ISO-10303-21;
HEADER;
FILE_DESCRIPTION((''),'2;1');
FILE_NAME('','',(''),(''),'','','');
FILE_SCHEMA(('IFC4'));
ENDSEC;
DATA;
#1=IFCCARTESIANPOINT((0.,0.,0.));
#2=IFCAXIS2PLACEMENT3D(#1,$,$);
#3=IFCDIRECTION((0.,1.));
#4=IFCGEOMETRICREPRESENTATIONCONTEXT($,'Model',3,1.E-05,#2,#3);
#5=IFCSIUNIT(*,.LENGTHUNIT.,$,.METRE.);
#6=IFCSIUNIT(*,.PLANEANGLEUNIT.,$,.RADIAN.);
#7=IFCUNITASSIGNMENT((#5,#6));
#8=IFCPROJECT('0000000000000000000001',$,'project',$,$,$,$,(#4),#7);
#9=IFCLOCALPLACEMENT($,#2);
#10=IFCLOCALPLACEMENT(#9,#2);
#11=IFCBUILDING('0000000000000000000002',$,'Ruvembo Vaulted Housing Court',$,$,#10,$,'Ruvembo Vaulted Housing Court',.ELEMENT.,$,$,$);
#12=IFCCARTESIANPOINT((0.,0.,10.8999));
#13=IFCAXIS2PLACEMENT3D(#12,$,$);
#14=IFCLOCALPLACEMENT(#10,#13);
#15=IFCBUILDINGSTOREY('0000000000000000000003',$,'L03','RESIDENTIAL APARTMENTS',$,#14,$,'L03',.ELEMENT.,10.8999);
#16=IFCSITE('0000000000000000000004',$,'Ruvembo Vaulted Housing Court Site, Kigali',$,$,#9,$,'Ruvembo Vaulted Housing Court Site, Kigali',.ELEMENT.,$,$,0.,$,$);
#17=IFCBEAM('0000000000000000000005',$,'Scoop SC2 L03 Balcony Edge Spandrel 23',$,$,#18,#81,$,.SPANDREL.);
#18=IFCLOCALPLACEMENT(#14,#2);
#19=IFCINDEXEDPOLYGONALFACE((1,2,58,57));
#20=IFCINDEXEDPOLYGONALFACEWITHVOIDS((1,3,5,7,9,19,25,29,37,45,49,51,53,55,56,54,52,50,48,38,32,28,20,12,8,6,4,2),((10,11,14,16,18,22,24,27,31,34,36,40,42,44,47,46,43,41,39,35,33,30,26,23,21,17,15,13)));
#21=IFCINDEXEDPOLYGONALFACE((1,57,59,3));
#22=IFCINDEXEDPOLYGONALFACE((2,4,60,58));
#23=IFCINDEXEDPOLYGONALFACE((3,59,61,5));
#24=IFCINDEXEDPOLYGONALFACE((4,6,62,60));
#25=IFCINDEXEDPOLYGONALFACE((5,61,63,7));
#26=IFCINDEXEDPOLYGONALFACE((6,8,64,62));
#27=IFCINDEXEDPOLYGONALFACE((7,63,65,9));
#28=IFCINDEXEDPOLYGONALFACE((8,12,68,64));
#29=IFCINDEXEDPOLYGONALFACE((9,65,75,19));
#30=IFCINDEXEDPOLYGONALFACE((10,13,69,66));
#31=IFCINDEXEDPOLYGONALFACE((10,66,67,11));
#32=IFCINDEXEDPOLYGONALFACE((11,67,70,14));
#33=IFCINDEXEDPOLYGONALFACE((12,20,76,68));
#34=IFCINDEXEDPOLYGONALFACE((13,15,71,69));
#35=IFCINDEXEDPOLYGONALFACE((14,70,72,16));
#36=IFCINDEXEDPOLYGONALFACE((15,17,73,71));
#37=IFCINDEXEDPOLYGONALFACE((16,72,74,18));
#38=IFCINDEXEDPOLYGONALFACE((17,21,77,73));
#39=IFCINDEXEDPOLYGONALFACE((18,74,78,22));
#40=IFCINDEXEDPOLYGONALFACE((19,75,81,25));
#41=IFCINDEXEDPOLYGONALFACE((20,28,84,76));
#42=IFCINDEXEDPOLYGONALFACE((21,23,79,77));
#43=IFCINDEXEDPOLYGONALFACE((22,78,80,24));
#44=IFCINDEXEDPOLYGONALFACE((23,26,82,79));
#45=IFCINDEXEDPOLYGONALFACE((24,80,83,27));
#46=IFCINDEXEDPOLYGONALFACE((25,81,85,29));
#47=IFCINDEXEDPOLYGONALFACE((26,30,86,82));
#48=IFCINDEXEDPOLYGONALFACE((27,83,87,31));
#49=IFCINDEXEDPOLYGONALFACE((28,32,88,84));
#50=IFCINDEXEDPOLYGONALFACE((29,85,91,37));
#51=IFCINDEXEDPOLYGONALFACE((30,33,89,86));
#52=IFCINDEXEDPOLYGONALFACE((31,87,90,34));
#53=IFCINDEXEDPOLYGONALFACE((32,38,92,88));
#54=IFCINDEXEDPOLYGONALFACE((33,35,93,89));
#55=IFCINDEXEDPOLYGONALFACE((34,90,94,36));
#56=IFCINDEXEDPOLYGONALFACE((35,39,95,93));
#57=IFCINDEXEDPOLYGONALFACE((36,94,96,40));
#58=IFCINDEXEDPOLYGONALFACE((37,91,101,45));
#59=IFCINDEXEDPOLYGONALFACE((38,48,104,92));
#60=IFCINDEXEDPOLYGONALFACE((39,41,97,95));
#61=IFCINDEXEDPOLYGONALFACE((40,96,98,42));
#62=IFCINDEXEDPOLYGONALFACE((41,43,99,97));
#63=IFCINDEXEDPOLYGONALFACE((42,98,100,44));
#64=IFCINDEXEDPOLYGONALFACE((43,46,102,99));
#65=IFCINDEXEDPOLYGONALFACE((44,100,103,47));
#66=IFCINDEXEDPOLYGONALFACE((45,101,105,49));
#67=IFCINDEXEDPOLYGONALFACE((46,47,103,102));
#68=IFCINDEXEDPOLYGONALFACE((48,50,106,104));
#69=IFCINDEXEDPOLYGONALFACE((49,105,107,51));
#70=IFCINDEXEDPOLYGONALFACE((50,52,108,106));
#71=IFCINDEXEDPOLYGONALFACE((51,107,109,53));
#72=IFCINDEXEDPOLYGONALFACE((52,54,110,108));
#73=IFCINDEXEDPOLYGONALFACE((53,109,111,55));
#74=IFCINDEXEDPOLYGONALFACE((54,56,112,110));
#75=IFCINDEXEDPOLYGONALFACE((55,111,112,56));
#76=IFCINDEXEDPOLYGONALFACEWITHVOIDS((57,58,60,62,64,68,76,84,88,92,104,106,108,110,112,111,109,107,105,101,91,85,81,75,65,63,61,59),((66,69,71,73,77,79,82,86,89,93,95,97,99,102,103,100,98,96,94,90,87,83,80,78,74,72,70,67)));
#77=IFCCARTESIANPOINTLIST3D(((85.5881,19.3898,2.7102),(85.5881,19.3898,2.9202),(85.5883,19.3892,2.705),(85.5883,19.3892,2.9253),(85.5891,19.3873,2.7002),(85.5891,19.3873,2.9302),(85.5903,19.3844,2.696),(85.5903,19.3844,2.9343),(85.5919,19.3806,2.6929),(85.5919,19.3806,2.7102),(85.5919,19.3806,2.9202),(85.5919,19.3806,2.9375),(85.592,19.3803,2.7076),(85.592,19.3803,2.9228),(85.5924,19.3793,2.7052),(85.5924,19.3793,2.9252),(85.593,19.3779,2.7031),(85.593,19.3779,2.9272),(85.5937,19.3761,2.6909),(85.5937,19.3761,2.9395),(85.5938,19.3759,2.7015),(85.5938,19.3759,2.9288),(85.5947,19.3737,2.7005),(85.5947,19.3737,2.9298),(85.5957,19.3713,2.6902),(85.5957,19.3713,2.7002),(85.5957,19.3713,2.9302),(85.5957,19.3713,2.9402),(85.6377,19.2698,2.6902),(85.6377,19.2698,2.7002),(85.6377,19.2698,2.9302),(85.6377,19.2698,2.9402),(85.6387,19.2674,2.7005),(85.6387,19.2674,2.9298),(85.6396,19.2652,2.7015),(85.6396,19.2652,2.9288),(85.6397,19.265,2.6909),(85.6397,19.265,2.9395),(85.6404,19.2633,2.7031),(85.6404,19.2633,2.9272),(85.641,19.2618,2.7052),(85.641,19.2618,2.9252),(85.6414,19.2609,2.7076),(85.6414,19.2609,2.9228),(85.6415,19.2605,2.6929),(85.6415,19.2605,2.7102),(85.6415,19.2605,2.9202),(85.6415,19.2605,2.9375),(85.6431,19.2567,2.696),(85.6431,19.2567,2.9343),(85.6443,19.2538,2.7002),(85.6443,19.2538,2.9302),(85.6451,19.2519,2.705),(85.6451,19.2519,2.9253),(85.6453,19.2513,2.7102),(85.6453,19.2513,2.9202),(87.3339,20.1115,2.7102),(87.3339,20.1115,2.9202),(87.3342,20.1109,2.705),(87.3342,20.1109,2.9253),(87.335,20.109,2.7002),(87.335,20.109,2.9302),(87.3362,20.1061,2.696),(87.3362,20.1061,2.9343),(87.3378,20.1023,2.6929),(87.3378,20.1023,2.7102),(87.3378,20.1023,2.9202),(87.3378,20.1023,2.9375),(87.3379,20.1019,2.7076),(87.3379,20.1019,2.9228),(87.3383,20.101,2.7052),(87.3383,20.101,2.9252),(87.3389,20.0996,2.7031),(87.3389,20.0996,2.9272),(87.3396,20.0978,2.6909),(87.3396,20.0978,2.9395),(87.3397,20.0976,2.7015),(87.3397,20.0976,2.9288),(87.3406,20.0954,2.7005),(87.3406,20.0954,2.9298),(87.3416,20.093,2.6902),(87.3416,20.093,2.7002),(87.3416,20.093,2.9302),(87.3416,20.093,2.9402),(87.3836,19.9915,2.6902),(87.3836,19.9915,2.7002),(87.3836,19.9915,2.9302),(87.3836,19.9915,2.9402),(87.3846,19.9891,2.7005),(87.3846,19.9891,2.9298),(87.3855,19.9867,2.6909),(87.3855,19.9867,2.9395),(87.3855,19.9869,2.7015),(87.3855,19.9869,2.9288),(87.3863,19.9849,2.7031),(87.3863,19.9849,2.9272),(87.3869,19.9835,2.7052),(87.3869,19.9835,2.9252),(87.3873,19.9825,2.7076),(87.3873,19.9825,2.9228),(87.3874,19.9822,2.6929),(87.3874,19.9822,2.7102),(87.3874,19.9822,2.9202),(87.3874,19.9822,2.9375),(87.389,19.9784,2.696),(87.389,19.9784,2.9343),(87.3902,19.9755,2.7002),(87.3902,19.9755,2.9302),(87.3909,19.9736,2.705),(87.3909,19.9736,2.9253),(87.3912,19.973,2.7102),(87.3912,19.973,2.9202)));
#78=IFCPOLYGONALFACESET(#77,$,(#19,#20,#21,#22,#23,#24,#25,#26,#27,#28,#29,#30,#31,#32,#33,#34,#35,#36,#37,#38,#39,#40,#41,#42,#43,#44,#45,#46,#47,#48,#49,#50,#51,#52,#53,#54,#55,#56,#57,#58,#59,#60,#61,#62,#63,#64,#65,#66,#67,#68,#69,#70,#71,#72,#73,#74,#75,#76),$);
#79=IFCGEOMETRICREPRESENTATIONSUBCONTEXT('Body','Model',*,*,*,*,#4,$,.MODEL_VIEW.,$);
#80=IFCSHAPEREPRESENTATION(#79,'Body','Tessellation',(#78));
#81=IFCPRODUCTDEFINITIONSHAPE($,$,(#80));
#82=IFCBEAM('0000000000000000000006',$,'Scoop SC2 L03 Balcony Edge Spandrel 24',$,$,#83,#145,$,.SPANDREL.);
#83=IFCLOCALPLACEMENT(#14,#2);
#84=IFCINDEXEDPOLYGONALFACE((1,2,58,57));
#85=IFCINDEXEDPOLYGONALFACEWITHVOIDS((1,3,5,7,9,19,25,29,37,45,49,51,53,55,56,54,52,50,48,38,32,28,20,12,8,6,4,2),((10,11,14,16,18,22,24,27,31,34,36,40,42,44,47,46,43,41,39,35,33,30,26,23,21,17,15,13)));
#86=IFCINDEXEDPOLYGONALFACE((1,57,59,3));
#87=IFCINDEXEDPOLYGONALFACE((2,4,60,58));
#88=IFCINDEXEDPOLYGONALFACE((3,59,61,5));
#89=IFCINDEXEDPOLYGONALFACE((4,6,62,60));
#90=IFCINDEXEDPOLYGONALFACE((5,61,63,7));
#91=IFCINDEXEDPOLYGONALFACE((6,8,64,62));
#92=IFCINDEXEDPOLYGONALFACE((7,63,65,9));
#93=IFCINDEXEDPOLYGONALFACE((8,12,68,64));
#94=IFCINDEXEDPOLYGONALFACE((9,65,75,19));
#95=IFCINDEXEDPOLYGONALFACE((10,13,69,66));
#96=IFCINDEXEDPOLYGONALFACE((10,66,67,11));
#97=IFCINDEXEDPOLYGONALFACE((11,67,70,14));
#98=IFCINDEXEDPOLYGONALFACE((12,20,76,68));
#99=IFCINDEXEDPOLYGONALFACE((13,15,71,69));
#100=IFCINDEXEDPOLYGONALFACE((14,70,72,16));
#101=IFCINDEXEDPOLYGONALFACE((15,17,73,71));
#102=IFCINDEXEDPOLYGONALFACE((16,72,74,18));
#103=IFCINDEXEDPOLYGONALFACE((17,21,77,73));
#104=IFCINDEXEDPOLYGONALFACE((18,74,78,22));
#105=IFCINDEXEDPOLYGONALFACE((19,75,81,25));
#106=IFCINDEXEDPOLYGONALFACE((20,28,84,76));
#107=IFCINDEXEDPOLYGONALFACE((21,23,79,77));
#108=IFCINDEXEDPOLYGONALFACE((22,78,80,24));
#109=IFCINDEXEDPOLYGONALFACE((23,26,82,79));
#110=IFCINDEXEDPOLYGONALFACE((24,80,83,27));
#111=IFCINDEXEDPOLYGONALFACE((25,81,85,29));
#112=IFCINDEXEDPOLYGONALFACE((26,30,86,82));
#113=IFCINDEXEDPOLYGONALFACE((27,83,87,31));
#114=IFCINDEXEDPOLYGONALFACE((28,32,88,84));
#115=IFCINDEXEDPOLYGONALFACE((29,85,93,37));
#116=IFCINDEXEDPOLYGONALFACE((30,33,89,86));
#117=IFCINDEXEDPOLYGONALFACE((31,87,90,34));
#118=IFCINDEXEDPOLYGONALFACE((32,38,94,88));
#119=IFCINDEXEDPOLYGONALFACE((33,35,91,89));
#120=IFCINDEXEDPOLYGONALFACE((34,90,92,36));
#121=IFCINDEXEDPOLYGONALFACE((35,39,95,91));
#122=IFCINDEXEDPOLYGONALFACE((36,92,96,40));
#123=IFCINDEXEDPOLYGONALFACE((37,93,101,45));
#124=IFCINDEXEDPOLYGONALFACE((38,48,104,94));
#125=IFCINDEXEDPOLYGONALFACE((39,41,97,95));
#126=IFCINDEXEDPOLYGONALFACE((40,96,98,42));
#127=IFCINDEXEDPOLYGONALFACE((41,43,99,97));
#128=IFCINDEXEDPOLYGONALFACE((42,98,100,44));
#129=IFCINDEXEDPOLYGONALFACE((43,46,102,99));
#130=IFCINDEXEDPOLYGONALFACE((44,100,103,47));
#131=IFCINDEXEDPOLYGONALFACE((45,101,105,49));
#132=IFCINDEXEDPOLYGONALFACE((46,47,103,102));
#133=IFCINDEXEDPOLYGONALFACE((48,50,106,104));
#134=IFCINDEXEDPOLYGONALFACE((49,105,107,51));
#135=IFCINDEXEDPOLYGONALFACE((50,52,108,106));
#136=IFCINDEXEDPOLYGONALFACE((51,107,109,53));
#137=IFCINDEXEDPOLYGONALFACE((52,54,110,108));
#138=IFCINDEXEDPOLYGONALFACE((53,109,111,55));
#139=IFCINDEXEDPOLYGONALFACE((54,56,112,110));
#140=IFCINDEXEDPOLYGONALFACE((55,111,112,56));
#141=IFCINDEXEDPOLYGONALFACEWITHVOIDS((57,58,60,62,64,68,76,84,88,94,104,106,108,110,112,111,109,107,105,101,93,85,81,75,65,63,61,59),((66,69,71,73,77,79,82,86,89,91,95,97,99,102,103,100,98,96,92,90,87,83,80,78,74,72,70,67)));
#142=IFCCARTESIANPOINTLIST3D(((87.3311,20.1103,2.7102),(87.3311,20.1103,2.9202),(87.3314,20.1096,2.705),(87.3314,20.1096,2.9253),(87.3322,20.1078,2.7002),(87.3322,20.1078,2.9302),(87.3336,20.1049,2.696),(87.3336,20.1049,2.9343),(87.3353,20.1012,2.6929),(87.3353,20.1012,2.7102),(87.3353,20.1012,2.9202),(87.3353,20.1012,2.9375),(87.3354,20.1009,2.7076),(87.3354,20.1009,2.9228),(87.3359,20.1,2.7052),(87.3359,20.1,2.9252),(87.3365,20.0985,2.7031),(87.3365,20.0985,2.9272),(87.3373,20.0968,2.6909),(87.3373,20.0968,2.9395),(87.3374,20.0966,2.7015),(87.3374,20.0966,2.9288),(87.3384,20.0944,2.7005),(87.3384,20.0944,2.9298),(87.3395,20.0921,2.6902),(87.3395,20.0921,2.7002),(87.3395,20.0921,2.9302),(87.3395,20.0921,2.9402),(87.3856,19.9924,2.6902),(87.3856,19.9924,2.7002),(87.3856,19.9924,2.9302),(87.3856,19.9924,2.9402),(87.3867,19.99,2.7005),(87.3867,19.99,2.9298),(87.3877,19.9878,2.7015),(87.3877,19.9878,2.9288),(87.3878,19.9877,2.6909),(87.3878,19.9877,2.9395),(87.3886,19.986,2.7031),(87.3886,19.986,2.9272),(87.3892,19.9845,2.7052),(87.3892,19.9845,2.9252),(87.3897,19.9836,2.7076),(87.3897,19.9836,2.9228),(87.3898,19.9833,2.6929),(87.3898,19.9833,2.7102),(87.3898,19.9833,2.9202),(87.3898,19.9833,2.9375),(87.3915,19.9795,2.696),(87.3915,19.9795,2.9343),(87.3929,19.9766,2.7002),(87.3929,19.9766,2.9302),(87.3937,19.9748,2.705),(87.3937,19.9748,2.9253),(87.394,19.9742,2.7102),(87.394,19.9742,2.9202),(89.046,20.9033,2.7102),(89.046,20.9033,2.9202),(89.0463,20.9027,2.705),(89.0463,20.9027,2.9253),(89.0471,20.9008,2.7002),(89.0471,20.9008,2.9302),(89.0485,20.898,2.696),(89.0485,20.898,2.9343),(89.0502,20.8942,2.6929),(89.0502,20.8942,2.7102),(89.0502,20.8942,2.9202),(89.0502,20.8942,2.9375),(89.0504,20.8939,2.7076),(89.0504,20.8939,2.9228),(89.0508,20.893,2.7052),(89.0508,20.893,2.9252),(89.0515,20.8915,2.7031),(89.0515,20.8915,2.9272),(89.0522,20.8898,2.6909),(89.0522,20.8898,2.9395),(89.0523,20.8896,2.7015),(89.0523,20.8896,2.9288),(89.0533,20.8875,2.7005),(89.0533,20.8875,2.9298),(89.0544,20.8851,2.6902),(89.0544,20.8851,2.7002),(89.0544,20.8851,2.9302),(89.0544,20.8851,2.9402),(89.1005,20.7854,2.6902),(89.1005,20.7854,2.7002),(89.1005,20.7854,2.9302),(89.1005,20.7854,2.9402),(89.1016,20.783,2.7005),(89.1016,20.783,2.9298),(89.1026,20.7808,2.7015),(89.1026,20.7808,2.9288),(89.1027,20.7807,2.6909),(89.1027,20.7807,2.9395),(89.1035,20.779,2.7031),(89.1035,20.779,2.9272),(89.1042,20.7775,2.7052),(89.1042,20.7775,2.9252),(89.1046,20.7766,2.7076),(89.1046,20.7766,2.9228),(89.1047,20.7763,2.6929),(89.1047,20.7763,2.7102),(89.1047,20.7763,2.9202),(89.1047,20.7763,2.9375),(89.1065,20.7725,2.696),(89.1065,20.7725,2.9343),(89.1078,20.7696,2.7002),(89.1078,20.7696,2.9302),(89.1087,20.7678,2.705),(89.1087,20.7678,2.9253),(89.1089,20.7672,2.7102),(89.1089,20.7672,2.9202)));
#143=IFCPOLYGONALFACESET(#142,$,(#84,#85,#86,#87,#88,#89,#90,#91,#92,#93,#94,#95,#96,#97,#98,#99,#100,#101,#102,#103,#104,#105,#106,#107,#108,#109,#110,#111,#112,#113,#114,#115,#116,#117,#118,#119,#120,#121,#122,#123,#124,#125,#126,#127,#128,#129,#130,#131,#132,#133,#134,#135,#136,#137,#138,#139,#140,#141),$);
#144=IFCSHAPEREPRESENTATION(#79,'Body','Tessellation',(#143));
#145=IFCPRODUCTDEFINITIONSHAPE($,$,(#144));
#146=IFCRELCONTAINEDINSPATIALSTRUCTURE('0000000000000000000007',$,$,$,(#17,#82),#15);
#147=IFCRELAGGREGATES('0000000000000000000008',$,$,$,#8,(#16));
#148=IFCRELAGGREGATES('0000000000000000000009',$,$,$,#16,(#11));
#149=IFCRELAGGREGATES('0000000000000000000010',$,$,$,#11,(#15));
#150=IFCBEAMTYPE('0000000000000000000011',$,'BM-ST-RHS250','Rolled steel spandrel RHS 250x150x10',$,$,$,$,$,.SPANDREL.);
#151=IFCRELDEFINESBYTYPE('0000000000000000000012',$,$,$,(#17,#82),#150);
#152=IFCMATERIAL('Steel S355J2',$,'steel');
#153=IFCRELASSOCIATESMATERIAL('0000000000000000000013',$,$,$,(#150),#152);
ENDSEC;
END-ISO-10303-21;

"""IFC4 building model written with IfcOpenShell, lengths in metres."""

from ifc_helpers import new_model, si_unit, direction, frame, origin, origin_2d, place, context, subcontext, project, spatial, hollow_rectangle, extrude, material, material_profile, profile_set, type_object, element, save


model = new_model("IFC4")

# Units and contexts
model_context = context("Model", 3, precision=1e-05, world=origin(), true_north=direction((0.0, 1.0)))
body_context = subcontext(model_context, "Body", "Model", "MODEL_VIEW")
ifc_project = project(units=[si_unit("LENGTHUNIT", "METRE"), si_unit("PLANEANGLEUNIT", "RADIAN")], contexts=[model_context])

# Site, building, storey
site_placement = place(None, origin())
site = spatial("IfcSite", under=ifc_project, at=site_placement, Name="Ruvembo Vaulted Housing Court Site, Kigali", LongName="Ruvembo Vaulted Housing Court Site, Kigali", CompositionType="ELEMENT", RefElevation=0.0)
building_placement = place(site_placement, origin())
building = spatial("IfcBuilding", under=site, at=building_placement, Name="Ruvembo Vaulted Housing Court", LongName="Ruvembo Vaulted Housing Court", CompositionType="ELEMENT")
storey_placement = place(building_placement, frame((0.0, 0.0, 10.8999)))
storey = spatial("IfcBuildingStorey", under=building, at=storey_placement, Name="L03", Description="RESIDENTIAL APARTMENTS", LongName="L03", CompositionType="ELEMENT", Elevation=10.8999)

# Beams
ifc_material_1 = material(Name="Steel S355J2", Category="steel")
ifc_material_profile_1 = material_profile(ifc_material_1, hollow_rectangle(XDim=0.1499, YDim=0.25, WallThickness=0.01, InnerFilletRadius=0.01, OuterFilletRadius=0.02, at=origin_2d()), Name="RHS 250x150x10")
ifc_profile_set_1 = profile_set([ifc_material_profile_1], Name="Steel S355J2")
beam_type = type_object("IfcBeamType", Name="BM-ST-RHS250", Description="Rolled steel spandrel RHS 250x150x10", PredefinedType="SPANDREL", material=ifc_profile_set_1)
beam_1_placement = place(storey_placement, frame((85.6167, 19.3206, 2.8152), z_axis=(0.924155, 0.382017, 0.0), x_axis=(-0.382017, 0.924155, 0.0)))
element("IfcBeam", 1, at=beam_1_placement, inside=storey, type_object=beam_type, Name="Scoop SC2 L03 Balcony Edge Spandrel 23", PredefinedType="SPANDREL", context=body_context, shape_type="SweptSolid", body=[
    extrude(hollow_rectangle(XDim=0.1499, YDim=0.25, WallThickness=0.01, InnerFilletRadius=0.01, OuterFilletRadius=0.02, at=origin_2d()), origin(), (0.0, 0.0, 1.0), 1.8892),
])
beam_2_placement = place(storey_placement, frame((87.3625, 20.0422, 2.8152), z_axis=(0.907657, 0.419714, 0.0), x_axis=(-0.419714, 0.907657, 0.0)))
element("IfcBeam", 2, at=beam_2_placement, inside=storey, type_object=beam_type, Name="Scoop SC2 L03 Balcony Edge Spandrel 24", PredefinedType="SPANDREL", context=body_context, shape_type="SweptSolid", body=[
    extrude(hollow_rectangle(XDim=0.1499, YDim=0.25, WallThickness=0.01, InnerFilletRadius=0.01, OuterFilletRadius=0.02, at=origin_2d()), origin(), (0.0, 0.0, 1.0), 1.8894),
])

save(model, "model.ifc")
